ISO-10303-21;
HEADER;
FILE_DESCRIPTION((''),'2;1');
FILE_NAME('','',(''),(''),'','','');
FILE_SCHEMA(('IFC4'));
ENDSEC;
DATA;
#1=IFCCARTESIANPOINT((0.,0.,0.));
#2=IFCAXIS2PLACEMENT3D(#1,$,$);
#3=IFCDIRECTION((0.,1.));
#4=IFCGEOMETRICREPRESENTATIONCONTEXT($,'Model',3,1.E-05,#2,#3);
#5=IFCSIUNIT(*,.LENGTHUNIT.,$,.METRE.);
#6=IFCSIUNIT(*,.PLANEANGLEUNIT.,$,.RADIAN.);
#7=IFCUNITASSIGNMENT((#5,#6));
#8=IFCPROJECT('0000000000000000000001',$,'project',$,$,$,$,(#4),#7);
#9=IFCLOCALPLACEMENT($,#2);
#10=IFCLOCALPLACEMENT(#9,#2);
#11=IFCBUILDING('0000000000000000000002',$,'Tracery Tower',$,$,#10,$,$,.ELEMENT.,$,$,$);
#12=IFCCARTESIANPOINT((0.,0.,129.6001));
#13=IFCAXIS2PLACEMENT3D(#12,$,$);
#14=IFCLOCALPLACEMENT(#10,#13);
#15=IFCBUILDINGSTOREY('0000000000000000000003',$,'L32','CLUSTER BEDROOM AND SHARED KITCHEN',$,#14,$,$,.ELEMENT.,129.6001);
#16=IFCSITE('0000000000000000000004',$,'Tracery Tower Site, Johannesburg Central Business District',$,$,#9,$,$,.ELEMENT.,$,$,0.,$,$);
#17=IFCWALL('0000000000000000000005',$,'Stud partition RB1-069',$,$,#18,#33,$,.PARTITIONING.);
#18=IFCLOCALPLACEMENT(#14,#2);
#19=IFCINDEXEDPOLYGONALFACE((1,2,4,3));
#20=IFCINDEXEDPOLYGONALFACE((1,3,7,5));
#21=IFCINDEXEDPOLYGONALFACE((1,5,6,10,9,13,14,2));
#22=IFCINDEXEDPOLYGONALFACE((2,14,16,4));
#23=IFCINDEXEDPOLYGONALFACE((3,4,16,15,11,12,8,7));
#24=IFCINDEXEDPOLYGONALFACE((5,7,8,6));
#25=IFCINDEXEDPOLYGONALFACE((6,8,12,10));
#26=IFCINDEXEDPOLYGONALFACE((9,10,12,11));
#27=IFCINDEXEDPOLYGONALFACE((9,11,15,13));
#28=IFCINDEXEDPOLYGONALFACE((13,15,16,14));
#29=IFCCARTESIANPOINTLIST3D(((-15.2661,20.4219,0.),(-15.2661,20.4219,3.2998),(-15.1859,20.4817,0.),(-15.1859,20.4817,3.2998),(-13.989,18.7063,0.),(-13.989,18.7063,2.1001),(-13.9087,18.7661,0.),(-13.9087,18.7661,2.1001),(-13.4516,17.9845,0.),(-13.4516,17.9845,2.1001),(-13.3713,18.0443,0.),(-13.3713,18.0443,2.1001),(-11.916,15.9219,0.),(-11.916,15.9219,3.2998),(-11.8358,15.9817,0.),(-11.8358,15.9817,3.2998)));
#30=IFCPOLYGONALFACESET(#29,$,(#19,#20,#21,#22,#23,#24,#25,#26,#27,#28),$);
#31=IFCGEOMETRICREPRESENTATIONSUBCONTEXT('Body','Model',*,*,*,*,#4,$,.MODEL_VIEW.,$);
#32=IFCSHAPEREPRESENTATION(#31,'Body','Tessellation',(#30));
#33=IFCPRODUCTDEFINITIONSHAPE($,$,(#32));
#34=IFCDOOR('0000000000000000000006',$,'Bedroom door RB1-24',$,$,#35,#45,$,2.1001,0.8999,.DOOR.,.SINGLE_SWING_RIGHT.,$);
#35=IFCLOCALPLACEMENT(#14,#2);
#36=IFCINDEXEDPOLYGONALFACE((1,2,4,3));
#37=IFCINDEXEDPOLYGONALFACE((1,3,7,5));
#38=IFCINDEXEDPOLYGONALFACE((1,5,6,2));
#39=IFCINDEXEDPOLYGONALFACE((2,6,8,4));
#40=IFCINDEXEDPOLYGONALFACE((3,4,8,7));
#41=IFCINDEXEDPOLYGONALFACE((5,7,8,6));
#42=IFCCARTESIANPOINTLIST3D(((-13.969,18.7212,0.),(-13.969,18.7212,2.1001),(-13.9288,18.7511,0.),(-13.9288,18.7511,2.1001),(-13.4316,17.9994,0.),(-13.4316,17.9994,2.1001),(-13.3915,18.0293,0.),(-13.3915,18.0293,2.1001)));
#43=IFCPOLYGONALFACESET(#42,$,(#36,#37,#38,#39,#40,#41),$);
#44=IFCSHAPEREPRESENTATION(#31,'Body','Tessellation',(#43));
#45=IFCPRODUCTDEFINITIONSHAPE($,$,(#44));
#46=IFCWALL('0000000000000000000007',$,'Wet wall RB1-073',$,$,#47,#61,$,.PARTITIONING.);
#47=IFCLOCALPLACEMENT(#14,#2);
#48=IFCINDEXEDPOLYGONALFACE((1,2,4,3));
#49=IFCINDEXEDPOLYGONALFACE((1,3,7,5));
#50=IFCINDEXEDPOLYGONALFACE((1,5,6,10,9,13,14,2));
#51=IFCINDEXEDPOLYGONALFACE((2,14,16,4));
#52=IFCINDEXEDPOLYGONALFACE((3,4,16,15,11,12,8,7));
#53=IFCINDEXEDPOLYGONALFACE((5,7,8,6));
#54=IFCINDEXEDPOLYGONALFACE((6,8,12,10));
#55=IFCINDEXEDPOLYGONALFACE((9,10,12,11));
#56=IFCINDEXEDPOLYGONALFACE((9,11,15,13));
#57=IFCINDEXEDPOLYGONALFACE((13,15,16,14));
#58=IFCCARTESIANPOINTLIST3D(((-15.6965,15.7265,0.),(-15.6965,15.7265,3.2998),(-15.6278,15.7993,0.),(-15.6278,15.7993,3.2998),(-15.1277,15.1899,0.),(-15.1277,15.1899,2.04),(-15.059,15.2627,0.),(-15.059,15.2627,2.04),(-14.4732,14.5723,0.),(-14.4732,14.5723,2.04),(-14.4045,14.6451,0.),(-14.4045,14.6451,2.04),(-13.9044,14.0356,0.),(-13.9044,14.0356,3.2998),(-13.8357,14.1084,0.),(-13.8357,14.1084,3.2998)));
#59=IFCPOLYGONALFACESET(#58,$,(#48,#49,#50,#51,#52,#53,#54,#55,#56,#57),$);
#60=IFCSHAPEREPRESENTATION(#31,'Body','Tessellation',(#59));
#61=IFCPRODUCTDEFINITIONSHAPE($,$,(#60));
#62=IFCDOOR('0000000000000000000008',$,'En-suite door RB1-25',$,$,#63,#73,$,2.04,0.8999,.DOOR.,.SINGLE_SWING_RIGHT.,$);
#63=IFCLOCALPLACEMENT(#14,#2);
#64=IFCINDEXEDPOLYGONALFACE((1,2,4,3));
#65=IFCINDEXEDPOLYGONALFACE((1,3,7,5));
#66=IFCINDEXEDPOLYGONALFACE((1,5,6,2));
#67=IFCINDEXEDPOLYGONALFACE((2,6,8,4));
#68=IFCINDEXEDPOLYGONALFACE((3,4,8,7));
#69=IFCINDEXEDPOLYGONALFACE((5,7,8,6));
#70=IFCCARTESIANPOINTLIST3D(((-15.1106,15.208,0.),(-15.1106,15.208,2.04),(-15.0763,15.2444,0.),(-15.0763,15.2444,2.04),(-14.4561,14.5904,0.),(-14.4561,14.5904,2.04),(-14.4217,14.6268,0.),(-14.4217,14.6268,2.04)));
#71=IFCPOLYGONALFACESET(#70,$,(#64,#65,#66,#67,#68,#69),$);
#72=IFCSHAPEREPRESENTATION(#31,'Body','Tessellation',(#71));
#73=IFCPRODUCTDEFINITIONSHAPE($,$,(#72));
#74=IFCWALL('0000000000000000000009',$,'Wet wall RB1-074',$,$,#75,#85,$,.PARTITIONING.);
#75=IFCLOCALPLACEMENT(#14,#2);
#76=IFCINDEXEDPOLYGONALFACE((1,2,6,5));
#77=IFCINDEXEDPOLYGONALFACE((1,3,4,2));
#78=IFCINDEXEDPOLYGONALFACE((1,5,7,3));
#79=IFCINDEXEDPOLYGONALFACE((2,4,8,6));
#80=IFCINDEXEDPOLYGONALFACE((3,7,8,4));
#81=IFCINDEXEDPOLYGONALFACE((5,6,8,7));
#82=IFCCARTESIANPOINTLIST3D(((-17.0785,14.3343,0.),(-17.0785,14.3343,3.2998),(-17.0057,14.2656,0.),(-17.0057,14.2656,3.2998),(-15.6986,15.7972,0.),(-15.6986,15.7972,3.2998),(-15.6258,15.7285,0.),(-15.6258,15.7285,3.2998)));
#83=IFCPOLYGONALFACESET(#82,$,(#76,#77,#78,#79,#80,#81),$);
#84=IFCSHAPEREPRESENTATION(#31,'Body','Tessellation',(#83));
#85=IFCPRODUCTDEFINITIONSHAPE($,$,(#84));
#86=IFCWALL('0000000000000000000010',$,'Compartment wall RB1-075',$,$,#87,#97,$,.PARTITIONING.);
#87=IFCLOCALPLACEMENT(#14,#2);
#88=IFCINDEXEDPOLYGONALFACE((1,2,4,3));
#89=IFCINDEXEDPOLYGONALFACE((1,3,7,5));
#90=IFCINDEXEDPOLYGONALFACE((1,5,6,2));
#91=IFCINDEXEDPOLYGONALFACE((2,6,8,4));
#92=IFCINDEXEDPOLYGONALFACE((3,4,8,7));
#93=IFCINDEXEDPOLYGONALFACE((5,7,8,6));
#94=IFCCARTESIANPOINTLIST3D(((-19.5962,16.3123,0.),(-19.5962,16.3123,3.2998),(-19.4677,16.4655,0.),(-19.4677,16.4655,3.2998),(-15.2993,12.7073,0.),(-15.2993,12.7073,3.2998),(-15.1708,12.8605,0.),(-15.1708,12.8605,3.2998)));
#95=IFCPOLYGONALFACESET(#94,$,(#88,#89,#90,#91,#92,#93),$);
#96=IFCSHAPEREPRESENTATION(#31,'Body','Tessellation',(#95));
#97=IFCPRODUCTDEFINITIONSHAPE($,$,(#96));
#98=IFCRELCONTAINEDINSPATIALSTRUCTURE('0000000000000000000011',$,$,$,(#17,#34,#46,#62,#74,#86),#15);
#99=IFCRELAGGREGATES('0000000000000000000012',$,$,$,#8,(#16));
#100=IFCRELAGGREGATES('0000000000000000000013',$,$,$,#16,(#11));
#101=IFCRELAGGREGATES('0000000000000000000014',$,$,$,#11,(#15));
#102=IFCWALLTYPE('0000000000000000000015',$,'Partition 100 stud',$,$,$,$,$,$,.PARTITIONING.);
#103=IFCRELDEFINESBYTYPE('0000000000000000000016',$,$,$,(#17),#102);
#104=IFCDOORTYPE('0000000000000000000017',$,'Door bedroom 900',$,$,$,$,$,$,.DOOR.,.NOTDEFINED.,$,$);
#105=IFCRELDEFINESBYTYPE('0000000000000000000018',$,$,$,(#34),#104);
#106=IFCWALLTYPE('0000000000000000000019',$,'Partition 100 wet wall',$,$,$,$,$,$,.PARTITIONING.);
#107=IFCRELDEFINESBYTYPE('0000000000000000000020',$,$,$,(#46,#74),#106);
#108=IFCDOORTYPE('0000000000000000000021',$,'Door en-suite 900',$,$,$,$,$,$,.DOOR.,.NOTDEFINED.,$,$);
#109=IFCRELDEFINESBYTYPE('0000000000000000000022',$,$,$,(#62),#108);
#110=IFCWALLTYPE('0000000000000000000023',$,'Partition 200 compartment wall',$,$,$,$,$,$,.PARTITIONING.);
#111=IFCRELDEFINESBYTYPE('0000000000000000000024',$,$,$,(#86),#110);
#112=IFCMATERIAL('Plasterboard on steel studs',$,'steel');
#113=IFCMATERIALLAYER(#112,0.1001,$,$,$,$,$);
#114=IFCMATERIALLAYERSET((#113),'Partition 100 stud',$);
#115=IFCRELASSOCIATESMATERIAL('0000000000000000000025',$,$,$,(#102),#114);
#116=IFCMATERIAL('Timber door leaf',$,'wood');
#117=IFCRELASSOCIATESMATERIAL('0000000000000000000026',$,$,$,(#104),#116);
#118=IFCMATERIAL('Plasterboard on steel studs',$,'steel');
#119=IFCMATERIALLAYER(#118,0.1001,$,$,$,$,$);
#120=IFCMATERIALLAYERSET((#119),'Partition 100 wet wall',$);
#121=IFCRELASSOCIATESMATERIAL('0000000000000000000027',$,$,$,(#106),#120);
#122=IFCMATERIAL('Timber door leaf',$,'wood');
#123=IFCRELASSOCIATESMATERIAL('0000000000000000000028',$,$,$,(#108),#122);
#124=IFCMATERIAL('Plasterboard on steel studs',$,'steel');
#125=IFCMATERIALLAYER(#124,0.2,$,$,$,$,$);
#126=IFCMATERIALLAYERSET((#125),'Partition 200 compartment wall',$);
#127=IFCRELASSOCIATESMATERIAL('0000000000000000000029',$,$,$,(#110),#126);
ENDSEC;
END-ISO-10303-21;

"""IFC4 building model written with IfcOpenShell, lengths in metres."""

from ifc_helpers import new_model, si_unit, direction, frame, frame_2d, origin, place, context, subcontext, project, spatial, rectangle, extrude, material, layer, layer_set, type_object, element, fill, save


model = new_model("IFC4")

# Units and contexts
model_context = context("Model", 3, precision=1e-05, world=origin(), true_north=direction((0.0, 1.0)))
body_context = subcontext(model_context, "Body", "Model", "MODEL_VIEW")
ifc_project = project(units=[si_unit("LENGTHUNIT", "METRE"), si_unit("PLANEANGLEUNIT", "RADIAN")], contexts=[model_context])

# Site, building, storey
site_placement = place(None, origin())
site = spatial("IfcSite", under=ifc_project, at=site_placement, Name="Tracery Tower Site, Johannesburg Central Business District", CompositionType="ELEMENT", RefElevation=0.0)
building_placement = place(site_placement, origin())
building = spatial("IfcBuilding", under=site, at=building_placement, Name="Tracery Tower", CompositionType="ELEMENT")
storey_placement = place(building_placement, frame((0.0, 0.0, 129.6001)))
storey = spatial("IfcBuildingStorey", under=building, at=storey_placement, Name="L32", Description="CLUSTER BEDROOM AND SHARED KITCHEN", CompositionType="ELEMENT", Elevation=129.6001)

# Walls, openings, doors
ifc_material_1 = material(Name="Plasterboard on steel studs", Category="steel")
ifc_layer_1 = layer(ifc_material_1, 0.1001)
ifc_layer_set_1 = layer_set([ifc_layer_1], Name="Partition 100 stud")
wall_type_1 = type_object("IfcWallType", Name="Partition 100 stud", PredefinedType="PARTITIONING", material=ifc_layer_set_1)
wall_1_placement = place(storey_placement, frame((-15.2261, 20.4519, 0.0), z_axis=(0.0, 0.0, 1.0), x_axis=(0.597155, -0.802126, 0.0)))
wall_1 = element("IfcWall", 1, at=wall_1_placement, inside=storey, type_object=wall_type_1, Name="Stud partition RB1-069", PredefinedType="PARTITIONING", context=body_context, shape_type="SweptSolid", body=[
    extrude(rectangle(XDim=5.6101, YDim=0.1001, at=frame_2d((2.8052, 0.0))), origin(), (0.0, 0.0, 1.0), 3.2998),
])
opening_1_placement = place(wall_1_placement, frame((2.1389, 0.0, 0.0)))
opening_1 = element("IfcOpeningElement", 2, at=opening_1_placement, cuts=wall_1, PredefinedType="OPENING", context=body_context, shape_type="SweptSolid", body=[
    extrude(rectangle(XDim=0.8999, YDim=2.1001, at=frame_2d((0.45, 1.05))), frame((0.0, 0.05, 0.0), z_axis=(0.0, -1.0, 0.0), x_axis=(1.0, 0.0, 0.0)), (0.0, 0.0, 1.0), 0.1001),
])
ifc_material_2 = material(Name="Timber door leaf", Category="wood")
door_type_1 = type_object("IfcDoorType", Name="Door bedroom 900", OperationType="NOTDEFINED", PredefinedType="DOOR", material=ifc_material_2)
door_1_placement = place(opening_1_placement, origin())
door_1 = element("IfcDoor", 3, at=door_1_placement, inside=storey, type_object=door_type_1, Name="Bedroom door RB1-24", OperationType="SINGLE_SWING_RIGHT", OverallHeight=2.1001, OverallWidth=0.8999, PredefinedType="DOOR", context=body_context, shape_type="SweptSolid", body=[
    extrude(rectangle(XDim=0.8999, YDim=2.1001, at=frame_2d((0.45, 1.05))), frame((0.0, 0.0249, 0.0), z_axis=(0.0, -1.0, 0.0), x_axis=(1.0, 0.0, 0.0)), (0.0, 0.0, 1.0), 0.05),
])
fill(opening_1, door_1)
ifc_material_3 = material(Name="Plasterboard on steel studs", Category="steel")
ifc_layer_2 = layer(ifc_material_3, 0.1001)
ifc_layer_set_2 = layer_set([ifc_layer_2], Name="Partition 100 wet wall")
wall_type_2 = type_object("IfcWallType", Name="Partition 100 wet wall", PredefinedType="PARTITIONING", material=ifc_layer_set_2)
wall_2_placement = place(storey_placement, frame((-15.6621, 15.7629, 0.0), z_axis=(0.0, 0.0, 1.0), x_axis=(0.727321, -0.686298, 0.0)))
wall_2 = element("IfcWall", 4, at=wall_2_placement, inside=storey, type_object=wall_type_2, Name="Wet wall RB1-073", PredefinedType="PARTITIONING", context=body_context, shape_type="SweptSolid", body=[
    extrude(rectangle(XDim=2.4639, YDim=0.1001, at=frame_2d((1.2319, 0.0))), origin(), (0.0, 0.0, 1.0), 3.2998),
])
opening_2_placement = place(wall_2_placement, frame((0.782, 0.0, 0.0)))
opening_2 = element("IfcOpeningElement", 5, at=opening_2_placement, cuts=wall_2, PredefinedType="OPENING", context=body_context, shape_type="SweptSolid", body=[
    extrude(rectangle(XDim=0.8999, YDim=2.04, at=frame_2d((0.45, 1.02))), frame((0.0, 0.05, 0.0), z_axis=(0.0, -1.0, 0.0), x_axis=(1.0, 0.0, 0.0)), (0.0, 0.0, 1.0), 0.1001),
])
ifc_material_4 = material(Name="Timber door leaf", Category="wood")
door_type_2 = type_object("IfcDoorType", Name="Door en-suite 900", OperationType="NOTDEFINED", PredefinedType="DOOR", material=ifc_material_4)
door_2_placement = place(opening_2_placement, origin())
door_2 = element("IfcDoor", 6, at=door_2_placement, inside=storey, type_object=door_type_2, Name="En-suite door RB1-25", OperationType="SINGLE_SWING_RIGHT", OverallHeight=2.04, OverallWidth=0.8999, PredefinedType="DOOR", context=body_context, shape_type="SweptSolid", body=[
    extrude(rectangle(XDim=0.8999, YDim=2.04, at=frame_2d((0.45, 1.02))), frame((0.0, 0.0249, 0.0), z_axis=(0.0, -1.0, 0.0), x_axis=(1.0, 0.0, 0.0)), (0.0, 0.0, 1.0), 0.05),
])
fill(opening_2, door_2)

# Walls
wall_3_placement = place(storey_placement, frame((-17.042, 14.3, 0.0), z_axis=(0.0, 0.0, 1.0), x_axis=(0.686167, 0.727444, 0.0)))
element("IfcWall", 7, at=wall_3_placement, inside=storey, type_object=wall_type_2, Name="Wet wall RB1-074", PredefinedType="PARTITIONING", context=body_context, shape_type="SweptSolid", body=[
    extrude(rectangle(XDim=2.011, YDim=0.1001, at=frame_2d((1.0054, 0.0))), origin(), (0.0, 0.0, 1.0), 3.2998),
])
ifc_material_5 = material(Name="Plasterboard on steel studs", Category="steel")
ifc_layer_3 = layer(ifc_material_5, 0.2)
ifc_layer_set_3 = layer_set([ifc_layer_3], Name="Partition 200 compartment wall")
wall_type_3 = type_object("IfcWallType", Name="Partition 200 compartment wall", PredefinedType="PARTITIONING", material=ifc_layer_set_3)
wall_4_placement = place(storey_placement, frame((-19.532, 16.3889, 0.0), z_axis=(0.0, 0.0, 1.0), x_axis=(0.766091, -0.642733, 0.0)))
element("IfcWall", 8, at=wall_4_placement, inside=storey, type_object=wall_type_3, Name="Compartment wall RB1-075", PredefinedType="PARTITIONING", context=body_context, shape_type="SweptSolid", body=[
    extrude(rectangle(XDim=5.6089, YDim=0.2, at=frame_2d((2.8044, 0.0))), origin(), (0.0, 0.0, 1.0), 3.2998),
])

save(model, "model.ifc")
